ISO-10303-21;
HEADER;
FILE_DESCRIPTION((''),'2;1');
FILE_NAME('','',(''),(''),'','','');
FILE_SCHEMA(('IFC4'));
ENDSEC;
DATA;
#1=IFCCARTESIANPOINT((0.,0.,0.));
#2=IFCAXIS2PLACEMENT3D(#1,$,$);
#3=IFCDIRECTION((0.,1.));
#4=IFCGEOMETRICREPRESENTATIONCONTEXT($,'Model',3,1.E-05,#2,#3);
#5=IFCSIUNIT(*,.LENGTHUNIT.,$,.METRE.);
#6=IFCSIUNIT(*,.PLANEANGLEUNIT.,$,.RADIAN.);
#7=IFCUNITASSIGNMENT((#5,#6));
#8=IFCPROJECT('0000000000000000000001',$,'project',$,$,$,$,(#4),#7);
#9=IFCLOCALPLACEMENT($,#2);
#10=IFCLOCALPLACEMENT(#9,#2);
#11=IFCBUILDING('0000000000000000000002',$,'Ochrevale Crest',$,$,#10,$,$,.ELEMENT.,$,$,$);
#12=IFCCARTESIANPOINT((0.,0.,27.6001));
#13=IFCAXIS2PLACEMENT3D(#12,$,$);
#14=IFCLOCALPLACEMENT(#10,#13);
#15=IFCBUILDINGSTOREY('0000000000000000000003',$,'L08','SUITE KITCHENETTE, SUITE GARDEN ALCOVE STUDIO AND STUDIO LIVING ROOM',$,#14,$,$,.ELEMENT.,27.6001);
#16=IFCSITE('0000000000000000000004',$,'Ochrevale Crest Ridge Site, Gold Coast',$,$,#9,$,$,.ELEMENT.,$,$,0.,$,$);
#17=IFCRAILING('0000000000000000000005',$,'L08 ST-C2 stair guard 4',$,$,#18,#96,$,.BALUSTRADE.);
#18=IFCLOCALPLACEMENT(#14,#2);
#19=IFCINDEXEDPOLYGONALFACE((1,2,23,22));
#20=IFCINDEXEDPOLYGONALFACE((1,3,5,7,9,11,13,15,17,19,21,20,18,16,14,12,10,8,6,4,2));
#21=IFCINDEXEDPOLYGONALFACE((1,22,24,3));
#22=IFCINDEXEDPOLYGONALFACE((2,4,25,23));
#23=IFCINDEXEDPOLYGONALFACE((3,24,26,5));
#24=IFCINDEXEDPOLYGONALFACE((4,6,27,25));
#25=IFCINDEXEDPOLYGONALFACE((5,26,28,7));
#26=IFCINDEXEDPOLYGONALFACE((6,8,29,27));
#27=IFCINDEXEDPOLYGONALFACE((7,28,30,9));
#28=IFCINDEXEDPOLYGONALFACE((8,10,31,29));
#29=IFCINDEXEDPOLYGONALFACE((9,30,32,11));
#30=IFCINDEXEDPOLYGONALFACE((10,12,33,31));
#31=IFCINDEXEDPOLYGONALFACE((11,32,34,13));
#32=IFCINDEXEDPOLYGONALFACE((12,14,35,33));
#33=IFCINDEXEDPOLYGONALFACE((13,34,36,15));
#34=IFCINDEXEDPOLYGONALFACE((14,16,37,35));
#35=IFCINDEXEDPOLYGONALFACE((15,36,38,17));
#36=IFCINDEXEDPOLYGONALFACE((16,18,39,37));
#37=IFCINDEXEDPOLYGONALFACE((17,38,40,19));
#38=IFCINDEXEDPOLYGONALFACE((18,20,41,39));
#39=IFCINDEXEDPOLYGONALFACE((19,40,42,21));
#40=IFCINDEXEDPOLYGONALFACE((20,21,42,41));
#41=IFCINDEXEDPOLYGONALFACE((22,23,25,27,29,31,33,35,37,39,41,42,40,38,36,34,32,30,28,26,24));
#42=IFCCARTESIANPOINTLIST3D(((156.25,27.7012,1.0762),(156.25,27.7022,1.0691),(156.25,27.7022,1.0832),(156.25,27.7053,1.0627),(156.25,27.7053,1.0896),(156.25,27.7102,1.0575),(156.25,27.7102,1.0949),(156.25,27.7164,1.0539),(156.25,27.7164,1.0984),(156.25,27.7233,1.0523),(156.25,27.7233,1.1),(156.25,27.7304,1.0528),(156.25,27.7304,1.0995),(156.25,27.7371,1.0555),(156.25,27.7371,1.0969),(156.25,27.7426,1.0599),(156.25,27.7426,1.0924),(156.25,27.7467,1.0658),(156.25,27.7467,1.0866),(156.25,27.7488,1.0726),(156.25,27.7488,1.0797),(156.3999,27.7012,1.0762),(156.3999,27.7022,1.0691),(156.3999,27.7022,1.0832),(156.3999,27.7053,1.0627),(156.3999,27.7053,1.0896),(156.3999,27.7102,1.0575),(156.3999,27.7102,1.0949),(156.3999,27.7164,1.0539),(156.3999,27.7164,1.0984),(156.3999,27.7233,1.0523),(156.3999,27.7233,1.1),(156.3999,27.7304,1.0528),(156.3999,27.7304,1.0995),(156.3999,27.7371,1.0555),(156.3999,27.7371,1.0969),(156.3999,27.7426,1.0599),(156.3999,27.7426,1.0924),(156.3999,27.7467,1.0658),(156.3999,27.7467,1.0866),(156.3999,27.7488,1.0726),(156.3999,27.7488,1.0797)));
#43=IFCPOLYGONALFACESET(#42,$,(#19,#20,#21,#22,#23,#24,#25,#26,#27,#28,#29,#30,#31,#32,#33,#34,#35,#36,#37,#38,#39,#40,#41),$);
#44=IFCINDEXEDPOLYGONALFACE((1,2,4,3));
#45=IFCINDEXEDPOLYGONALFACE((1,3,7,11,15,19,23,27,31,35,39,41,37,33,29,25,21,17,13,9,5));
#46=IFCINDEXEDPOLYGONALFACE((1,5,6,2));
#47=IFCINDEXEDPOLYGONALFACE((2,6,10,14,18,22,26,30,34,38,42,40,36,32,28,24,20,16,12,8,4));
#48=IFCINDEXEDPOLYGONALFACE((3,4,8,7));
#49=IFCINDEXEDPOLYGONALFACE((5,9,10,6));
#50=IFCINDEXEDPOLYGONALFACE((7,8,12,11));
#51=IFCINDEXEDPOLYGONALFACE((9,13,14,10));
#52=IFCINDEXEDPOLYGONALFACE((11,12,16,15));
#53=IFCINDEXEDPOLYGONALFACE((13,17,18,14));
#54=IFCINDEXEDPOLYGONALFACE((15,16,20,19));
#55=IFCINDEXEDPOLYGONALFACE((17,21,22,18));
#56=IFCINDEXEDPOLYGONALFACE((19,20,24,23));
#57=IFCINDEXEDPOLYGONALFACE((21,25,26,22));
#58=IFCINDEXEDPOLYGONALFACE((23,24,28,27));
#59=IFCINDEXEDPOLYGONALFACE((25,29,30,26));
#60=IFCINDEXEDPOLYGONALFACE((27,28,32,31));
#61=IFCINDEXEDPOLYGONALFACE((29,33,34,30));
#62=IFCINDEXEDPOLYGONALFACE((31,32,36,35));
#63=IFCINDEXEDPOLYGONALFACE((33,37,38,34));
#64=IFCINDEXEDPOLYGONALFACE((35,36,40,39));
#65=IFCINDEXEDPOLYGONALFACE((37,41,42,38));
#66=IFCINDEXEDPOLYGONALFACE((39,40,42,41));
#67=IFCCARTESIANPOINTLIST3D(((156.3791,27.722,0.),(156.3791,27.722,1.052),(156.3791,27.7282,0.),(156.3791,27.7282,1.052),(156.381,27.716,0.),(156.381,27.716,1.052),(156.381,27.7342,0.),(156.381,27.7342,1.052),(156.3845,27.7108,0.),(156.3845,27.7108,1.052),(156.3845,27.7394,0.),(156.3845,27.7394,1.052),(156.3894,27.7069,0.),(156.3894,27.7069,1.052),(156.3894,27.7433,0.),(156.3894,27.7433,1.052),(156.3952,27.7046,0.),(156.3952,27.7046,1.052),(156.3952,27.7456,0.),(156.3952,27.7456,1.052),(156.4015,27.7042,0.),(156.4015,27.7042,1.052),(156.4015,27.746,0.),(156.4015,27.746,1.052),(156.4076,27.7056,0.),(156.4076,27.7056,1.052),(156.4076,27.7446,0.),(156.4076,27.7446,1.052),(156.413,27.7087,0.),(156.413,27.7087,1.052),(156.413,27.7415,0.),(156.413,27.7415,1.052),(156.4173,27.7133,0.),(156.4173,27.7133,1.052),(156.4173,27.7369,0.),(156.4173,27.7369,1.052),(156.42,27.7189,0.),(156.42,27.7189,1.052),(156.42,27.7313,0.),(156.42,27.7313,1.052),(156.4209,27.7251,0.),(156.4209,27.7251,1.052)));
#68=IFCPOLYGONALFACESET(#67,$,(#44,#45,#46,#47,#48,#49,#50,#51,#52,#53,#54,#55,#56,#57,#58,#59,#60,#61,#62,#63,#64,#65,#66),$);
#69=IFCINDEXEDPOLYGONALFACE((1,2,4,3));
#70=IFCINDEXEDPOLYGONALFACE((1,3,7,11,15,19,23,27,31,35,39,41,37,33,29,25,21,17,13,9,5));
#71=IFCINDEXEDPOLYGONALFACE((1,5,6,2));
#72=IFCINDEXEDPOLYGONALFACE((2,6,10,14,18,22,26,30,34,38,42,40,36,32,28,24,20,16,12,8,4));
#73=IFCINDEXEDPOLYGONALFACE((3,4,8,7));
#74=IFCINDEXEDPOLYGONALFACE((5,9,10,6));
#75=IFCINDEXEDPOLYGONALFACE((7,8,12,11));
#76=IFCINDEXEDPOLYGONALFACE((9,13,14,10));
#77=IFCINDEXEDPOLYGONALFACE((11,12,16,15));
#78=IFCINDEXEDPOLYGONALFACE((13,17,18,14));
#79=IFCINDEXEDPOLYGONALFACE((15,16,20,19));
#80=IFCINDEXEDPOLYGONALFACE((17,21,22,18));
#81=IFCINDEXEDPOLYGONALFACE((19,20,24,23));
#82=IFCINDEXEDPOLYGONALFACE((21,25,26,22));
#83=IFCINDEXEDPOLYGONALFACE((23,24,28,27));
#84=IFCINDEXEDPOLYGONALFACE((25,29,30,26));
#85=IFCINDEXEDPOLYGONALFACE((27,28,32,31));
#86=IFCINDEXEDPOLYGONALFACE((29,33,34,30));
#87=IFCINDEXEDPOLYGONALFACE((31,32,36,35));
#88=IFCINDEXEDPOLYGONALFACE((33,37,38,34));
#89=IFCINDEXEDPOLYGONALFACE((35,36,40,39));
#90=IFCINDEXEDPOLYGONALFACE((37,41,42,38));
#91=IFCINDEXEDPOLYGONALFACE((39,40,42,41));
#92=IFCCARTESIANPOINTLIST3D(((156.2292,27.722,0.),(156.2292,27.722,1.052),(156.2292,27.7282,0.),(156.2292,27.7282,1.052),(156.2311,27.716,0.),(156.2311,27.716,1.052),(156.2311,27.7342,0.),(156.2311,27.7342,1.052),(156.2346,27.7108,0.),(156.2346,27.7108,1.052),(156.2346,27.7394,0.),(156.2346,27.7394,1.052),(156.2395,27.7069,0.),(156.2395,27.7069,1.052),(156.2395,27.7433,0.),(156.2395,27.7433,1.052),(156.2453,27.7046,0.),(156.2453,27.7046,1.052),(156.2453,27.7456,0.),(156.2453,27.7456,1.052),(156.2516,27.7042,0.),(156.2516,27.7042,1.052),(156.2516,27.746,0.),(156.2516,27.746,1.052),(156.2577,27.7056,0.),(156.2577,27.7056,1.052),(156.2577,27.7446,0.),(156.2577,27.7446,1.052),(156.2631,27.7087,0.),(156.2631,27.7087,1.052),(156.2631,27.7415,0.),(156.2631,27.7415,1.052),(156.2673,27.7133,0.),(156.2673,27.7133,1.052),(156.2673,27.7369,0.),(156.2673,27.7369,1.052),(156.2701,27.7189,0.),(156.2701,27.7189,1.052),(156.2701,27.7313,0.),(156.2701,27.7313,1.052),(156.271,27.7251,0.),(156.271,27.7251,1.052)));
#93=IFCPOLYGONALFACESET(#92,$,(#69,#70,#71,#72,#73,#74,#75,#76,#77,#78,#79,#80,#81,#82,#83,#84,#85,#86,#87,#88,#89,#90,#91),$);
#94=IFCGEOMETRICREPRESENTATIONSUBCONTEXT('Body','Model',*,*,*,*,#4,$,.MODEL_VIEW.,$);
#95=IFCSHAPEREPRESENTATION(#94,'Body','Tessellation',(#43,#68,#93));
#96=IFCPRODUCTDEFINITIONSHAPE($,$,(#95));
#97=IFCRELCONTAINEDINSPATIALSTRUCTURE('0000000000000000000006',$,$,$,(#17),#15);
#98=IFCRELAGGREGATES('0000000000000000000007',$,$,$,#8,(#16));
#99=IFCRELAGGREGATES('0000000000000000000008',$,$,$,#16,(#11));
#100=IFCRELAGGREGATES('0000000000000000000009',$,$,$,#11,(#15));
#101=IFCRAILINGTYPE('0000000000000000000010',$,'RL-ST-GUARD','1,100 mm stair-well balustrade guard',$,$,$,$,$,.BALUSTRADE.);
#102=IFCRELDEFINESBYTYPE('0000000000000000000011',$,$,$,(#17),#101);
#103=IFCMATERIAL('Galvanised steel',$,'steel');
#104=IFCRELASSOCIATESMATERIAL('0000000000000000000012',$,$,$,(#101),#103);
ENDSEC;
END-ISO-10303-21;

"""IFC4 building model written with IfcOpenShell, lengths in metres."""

from ifc_helpers import new_model, si_unit, direction, frame, origin, origin_2d, place, context, subcontext, project, spatial, circle, extrude, material, type_object, element, save


model = new_model("IFC4")

# Units and contexts
model_context = context("Model", 3, precision=1e-05, world=origin(), true_north=direction((0.0, 1.0)))
body_context = subcontext(model_context, "Body", "Model", "MODEL_VIEW")
ifc_project = project(units=[si_unit("LENGTHUNIT", "METRE"), si_unit("PLANEANGLEUNIT", "RADIAN")], contexts=[model_context])

# Site, building, storey
site_placement = place(None, origin())
site = spatial("IfcSite", under=ifc_project, at=site_placement, Name="Ochrevale Crest Ridge Site, Gold Coast", CompositionType="ELEMENT", RefElevation=0.0)
building_placement = place(site_placement, origin())
building = spatial("IfcBuilding", under=site, at=building_placement, Name="Ochrevale Crest", CompositionType="ELEMENT")
storey_placement = place(building_placement, frame((0.0, 0.0, 27.6001)))
storey = spatial("IfcBuildingStorey", under=building, at=storey_placement, Name="L08", Description="SUITE KITCHENETTE, SUITE GARDEN ALCOVE STUDIO AND STUDIO LIVING ROOM", CompositionType="ELEMENT", Elevation=27.6001)

# Railing
ifc_material_1 = material(Name="Galvanised steel", Category="steel")
railing_type_1 = type_object("IfcRailingType", Name="RL-ST-GUARD", Description="1,100 mm stair-well balustrade guard", PredefinedType="BALUSTRADE", material=ifc_material_1)
railing_1_placement = place(storey_placement, frame((156.3999, 27.7251, 0.0)))
element("IfcRailing", 1, at=railing_1_placement, inside=storey, type_object=railing_type_1, Name="L08 ST-C2 stair guard 4", PredefinedType="BALUSTRADE", context=body_context, shape_type="SweptSolid", body=[
    extrude(circle(Radius=0.0239, at=origin_2d()), frame((0.0, 0.0, 1.0762), z_axis=(-1.0, 0.0, 0.0), x_axis=(0.0, -1.0, 0.0)), (0.0, 0.0, 1.0), 0.1499),
    extrude(circle(Radius=0.021, at=origin_2d()), origin(), (0.0, 0.0, 1.0), 1.052),
    extrude(circle(Radius=0.021, at=origin_2d()), frame((-0.1499, 0.0, 0.0)), (0.0, 0.0, 1.0), 1.052),
])

save(model, "model.ifc")
